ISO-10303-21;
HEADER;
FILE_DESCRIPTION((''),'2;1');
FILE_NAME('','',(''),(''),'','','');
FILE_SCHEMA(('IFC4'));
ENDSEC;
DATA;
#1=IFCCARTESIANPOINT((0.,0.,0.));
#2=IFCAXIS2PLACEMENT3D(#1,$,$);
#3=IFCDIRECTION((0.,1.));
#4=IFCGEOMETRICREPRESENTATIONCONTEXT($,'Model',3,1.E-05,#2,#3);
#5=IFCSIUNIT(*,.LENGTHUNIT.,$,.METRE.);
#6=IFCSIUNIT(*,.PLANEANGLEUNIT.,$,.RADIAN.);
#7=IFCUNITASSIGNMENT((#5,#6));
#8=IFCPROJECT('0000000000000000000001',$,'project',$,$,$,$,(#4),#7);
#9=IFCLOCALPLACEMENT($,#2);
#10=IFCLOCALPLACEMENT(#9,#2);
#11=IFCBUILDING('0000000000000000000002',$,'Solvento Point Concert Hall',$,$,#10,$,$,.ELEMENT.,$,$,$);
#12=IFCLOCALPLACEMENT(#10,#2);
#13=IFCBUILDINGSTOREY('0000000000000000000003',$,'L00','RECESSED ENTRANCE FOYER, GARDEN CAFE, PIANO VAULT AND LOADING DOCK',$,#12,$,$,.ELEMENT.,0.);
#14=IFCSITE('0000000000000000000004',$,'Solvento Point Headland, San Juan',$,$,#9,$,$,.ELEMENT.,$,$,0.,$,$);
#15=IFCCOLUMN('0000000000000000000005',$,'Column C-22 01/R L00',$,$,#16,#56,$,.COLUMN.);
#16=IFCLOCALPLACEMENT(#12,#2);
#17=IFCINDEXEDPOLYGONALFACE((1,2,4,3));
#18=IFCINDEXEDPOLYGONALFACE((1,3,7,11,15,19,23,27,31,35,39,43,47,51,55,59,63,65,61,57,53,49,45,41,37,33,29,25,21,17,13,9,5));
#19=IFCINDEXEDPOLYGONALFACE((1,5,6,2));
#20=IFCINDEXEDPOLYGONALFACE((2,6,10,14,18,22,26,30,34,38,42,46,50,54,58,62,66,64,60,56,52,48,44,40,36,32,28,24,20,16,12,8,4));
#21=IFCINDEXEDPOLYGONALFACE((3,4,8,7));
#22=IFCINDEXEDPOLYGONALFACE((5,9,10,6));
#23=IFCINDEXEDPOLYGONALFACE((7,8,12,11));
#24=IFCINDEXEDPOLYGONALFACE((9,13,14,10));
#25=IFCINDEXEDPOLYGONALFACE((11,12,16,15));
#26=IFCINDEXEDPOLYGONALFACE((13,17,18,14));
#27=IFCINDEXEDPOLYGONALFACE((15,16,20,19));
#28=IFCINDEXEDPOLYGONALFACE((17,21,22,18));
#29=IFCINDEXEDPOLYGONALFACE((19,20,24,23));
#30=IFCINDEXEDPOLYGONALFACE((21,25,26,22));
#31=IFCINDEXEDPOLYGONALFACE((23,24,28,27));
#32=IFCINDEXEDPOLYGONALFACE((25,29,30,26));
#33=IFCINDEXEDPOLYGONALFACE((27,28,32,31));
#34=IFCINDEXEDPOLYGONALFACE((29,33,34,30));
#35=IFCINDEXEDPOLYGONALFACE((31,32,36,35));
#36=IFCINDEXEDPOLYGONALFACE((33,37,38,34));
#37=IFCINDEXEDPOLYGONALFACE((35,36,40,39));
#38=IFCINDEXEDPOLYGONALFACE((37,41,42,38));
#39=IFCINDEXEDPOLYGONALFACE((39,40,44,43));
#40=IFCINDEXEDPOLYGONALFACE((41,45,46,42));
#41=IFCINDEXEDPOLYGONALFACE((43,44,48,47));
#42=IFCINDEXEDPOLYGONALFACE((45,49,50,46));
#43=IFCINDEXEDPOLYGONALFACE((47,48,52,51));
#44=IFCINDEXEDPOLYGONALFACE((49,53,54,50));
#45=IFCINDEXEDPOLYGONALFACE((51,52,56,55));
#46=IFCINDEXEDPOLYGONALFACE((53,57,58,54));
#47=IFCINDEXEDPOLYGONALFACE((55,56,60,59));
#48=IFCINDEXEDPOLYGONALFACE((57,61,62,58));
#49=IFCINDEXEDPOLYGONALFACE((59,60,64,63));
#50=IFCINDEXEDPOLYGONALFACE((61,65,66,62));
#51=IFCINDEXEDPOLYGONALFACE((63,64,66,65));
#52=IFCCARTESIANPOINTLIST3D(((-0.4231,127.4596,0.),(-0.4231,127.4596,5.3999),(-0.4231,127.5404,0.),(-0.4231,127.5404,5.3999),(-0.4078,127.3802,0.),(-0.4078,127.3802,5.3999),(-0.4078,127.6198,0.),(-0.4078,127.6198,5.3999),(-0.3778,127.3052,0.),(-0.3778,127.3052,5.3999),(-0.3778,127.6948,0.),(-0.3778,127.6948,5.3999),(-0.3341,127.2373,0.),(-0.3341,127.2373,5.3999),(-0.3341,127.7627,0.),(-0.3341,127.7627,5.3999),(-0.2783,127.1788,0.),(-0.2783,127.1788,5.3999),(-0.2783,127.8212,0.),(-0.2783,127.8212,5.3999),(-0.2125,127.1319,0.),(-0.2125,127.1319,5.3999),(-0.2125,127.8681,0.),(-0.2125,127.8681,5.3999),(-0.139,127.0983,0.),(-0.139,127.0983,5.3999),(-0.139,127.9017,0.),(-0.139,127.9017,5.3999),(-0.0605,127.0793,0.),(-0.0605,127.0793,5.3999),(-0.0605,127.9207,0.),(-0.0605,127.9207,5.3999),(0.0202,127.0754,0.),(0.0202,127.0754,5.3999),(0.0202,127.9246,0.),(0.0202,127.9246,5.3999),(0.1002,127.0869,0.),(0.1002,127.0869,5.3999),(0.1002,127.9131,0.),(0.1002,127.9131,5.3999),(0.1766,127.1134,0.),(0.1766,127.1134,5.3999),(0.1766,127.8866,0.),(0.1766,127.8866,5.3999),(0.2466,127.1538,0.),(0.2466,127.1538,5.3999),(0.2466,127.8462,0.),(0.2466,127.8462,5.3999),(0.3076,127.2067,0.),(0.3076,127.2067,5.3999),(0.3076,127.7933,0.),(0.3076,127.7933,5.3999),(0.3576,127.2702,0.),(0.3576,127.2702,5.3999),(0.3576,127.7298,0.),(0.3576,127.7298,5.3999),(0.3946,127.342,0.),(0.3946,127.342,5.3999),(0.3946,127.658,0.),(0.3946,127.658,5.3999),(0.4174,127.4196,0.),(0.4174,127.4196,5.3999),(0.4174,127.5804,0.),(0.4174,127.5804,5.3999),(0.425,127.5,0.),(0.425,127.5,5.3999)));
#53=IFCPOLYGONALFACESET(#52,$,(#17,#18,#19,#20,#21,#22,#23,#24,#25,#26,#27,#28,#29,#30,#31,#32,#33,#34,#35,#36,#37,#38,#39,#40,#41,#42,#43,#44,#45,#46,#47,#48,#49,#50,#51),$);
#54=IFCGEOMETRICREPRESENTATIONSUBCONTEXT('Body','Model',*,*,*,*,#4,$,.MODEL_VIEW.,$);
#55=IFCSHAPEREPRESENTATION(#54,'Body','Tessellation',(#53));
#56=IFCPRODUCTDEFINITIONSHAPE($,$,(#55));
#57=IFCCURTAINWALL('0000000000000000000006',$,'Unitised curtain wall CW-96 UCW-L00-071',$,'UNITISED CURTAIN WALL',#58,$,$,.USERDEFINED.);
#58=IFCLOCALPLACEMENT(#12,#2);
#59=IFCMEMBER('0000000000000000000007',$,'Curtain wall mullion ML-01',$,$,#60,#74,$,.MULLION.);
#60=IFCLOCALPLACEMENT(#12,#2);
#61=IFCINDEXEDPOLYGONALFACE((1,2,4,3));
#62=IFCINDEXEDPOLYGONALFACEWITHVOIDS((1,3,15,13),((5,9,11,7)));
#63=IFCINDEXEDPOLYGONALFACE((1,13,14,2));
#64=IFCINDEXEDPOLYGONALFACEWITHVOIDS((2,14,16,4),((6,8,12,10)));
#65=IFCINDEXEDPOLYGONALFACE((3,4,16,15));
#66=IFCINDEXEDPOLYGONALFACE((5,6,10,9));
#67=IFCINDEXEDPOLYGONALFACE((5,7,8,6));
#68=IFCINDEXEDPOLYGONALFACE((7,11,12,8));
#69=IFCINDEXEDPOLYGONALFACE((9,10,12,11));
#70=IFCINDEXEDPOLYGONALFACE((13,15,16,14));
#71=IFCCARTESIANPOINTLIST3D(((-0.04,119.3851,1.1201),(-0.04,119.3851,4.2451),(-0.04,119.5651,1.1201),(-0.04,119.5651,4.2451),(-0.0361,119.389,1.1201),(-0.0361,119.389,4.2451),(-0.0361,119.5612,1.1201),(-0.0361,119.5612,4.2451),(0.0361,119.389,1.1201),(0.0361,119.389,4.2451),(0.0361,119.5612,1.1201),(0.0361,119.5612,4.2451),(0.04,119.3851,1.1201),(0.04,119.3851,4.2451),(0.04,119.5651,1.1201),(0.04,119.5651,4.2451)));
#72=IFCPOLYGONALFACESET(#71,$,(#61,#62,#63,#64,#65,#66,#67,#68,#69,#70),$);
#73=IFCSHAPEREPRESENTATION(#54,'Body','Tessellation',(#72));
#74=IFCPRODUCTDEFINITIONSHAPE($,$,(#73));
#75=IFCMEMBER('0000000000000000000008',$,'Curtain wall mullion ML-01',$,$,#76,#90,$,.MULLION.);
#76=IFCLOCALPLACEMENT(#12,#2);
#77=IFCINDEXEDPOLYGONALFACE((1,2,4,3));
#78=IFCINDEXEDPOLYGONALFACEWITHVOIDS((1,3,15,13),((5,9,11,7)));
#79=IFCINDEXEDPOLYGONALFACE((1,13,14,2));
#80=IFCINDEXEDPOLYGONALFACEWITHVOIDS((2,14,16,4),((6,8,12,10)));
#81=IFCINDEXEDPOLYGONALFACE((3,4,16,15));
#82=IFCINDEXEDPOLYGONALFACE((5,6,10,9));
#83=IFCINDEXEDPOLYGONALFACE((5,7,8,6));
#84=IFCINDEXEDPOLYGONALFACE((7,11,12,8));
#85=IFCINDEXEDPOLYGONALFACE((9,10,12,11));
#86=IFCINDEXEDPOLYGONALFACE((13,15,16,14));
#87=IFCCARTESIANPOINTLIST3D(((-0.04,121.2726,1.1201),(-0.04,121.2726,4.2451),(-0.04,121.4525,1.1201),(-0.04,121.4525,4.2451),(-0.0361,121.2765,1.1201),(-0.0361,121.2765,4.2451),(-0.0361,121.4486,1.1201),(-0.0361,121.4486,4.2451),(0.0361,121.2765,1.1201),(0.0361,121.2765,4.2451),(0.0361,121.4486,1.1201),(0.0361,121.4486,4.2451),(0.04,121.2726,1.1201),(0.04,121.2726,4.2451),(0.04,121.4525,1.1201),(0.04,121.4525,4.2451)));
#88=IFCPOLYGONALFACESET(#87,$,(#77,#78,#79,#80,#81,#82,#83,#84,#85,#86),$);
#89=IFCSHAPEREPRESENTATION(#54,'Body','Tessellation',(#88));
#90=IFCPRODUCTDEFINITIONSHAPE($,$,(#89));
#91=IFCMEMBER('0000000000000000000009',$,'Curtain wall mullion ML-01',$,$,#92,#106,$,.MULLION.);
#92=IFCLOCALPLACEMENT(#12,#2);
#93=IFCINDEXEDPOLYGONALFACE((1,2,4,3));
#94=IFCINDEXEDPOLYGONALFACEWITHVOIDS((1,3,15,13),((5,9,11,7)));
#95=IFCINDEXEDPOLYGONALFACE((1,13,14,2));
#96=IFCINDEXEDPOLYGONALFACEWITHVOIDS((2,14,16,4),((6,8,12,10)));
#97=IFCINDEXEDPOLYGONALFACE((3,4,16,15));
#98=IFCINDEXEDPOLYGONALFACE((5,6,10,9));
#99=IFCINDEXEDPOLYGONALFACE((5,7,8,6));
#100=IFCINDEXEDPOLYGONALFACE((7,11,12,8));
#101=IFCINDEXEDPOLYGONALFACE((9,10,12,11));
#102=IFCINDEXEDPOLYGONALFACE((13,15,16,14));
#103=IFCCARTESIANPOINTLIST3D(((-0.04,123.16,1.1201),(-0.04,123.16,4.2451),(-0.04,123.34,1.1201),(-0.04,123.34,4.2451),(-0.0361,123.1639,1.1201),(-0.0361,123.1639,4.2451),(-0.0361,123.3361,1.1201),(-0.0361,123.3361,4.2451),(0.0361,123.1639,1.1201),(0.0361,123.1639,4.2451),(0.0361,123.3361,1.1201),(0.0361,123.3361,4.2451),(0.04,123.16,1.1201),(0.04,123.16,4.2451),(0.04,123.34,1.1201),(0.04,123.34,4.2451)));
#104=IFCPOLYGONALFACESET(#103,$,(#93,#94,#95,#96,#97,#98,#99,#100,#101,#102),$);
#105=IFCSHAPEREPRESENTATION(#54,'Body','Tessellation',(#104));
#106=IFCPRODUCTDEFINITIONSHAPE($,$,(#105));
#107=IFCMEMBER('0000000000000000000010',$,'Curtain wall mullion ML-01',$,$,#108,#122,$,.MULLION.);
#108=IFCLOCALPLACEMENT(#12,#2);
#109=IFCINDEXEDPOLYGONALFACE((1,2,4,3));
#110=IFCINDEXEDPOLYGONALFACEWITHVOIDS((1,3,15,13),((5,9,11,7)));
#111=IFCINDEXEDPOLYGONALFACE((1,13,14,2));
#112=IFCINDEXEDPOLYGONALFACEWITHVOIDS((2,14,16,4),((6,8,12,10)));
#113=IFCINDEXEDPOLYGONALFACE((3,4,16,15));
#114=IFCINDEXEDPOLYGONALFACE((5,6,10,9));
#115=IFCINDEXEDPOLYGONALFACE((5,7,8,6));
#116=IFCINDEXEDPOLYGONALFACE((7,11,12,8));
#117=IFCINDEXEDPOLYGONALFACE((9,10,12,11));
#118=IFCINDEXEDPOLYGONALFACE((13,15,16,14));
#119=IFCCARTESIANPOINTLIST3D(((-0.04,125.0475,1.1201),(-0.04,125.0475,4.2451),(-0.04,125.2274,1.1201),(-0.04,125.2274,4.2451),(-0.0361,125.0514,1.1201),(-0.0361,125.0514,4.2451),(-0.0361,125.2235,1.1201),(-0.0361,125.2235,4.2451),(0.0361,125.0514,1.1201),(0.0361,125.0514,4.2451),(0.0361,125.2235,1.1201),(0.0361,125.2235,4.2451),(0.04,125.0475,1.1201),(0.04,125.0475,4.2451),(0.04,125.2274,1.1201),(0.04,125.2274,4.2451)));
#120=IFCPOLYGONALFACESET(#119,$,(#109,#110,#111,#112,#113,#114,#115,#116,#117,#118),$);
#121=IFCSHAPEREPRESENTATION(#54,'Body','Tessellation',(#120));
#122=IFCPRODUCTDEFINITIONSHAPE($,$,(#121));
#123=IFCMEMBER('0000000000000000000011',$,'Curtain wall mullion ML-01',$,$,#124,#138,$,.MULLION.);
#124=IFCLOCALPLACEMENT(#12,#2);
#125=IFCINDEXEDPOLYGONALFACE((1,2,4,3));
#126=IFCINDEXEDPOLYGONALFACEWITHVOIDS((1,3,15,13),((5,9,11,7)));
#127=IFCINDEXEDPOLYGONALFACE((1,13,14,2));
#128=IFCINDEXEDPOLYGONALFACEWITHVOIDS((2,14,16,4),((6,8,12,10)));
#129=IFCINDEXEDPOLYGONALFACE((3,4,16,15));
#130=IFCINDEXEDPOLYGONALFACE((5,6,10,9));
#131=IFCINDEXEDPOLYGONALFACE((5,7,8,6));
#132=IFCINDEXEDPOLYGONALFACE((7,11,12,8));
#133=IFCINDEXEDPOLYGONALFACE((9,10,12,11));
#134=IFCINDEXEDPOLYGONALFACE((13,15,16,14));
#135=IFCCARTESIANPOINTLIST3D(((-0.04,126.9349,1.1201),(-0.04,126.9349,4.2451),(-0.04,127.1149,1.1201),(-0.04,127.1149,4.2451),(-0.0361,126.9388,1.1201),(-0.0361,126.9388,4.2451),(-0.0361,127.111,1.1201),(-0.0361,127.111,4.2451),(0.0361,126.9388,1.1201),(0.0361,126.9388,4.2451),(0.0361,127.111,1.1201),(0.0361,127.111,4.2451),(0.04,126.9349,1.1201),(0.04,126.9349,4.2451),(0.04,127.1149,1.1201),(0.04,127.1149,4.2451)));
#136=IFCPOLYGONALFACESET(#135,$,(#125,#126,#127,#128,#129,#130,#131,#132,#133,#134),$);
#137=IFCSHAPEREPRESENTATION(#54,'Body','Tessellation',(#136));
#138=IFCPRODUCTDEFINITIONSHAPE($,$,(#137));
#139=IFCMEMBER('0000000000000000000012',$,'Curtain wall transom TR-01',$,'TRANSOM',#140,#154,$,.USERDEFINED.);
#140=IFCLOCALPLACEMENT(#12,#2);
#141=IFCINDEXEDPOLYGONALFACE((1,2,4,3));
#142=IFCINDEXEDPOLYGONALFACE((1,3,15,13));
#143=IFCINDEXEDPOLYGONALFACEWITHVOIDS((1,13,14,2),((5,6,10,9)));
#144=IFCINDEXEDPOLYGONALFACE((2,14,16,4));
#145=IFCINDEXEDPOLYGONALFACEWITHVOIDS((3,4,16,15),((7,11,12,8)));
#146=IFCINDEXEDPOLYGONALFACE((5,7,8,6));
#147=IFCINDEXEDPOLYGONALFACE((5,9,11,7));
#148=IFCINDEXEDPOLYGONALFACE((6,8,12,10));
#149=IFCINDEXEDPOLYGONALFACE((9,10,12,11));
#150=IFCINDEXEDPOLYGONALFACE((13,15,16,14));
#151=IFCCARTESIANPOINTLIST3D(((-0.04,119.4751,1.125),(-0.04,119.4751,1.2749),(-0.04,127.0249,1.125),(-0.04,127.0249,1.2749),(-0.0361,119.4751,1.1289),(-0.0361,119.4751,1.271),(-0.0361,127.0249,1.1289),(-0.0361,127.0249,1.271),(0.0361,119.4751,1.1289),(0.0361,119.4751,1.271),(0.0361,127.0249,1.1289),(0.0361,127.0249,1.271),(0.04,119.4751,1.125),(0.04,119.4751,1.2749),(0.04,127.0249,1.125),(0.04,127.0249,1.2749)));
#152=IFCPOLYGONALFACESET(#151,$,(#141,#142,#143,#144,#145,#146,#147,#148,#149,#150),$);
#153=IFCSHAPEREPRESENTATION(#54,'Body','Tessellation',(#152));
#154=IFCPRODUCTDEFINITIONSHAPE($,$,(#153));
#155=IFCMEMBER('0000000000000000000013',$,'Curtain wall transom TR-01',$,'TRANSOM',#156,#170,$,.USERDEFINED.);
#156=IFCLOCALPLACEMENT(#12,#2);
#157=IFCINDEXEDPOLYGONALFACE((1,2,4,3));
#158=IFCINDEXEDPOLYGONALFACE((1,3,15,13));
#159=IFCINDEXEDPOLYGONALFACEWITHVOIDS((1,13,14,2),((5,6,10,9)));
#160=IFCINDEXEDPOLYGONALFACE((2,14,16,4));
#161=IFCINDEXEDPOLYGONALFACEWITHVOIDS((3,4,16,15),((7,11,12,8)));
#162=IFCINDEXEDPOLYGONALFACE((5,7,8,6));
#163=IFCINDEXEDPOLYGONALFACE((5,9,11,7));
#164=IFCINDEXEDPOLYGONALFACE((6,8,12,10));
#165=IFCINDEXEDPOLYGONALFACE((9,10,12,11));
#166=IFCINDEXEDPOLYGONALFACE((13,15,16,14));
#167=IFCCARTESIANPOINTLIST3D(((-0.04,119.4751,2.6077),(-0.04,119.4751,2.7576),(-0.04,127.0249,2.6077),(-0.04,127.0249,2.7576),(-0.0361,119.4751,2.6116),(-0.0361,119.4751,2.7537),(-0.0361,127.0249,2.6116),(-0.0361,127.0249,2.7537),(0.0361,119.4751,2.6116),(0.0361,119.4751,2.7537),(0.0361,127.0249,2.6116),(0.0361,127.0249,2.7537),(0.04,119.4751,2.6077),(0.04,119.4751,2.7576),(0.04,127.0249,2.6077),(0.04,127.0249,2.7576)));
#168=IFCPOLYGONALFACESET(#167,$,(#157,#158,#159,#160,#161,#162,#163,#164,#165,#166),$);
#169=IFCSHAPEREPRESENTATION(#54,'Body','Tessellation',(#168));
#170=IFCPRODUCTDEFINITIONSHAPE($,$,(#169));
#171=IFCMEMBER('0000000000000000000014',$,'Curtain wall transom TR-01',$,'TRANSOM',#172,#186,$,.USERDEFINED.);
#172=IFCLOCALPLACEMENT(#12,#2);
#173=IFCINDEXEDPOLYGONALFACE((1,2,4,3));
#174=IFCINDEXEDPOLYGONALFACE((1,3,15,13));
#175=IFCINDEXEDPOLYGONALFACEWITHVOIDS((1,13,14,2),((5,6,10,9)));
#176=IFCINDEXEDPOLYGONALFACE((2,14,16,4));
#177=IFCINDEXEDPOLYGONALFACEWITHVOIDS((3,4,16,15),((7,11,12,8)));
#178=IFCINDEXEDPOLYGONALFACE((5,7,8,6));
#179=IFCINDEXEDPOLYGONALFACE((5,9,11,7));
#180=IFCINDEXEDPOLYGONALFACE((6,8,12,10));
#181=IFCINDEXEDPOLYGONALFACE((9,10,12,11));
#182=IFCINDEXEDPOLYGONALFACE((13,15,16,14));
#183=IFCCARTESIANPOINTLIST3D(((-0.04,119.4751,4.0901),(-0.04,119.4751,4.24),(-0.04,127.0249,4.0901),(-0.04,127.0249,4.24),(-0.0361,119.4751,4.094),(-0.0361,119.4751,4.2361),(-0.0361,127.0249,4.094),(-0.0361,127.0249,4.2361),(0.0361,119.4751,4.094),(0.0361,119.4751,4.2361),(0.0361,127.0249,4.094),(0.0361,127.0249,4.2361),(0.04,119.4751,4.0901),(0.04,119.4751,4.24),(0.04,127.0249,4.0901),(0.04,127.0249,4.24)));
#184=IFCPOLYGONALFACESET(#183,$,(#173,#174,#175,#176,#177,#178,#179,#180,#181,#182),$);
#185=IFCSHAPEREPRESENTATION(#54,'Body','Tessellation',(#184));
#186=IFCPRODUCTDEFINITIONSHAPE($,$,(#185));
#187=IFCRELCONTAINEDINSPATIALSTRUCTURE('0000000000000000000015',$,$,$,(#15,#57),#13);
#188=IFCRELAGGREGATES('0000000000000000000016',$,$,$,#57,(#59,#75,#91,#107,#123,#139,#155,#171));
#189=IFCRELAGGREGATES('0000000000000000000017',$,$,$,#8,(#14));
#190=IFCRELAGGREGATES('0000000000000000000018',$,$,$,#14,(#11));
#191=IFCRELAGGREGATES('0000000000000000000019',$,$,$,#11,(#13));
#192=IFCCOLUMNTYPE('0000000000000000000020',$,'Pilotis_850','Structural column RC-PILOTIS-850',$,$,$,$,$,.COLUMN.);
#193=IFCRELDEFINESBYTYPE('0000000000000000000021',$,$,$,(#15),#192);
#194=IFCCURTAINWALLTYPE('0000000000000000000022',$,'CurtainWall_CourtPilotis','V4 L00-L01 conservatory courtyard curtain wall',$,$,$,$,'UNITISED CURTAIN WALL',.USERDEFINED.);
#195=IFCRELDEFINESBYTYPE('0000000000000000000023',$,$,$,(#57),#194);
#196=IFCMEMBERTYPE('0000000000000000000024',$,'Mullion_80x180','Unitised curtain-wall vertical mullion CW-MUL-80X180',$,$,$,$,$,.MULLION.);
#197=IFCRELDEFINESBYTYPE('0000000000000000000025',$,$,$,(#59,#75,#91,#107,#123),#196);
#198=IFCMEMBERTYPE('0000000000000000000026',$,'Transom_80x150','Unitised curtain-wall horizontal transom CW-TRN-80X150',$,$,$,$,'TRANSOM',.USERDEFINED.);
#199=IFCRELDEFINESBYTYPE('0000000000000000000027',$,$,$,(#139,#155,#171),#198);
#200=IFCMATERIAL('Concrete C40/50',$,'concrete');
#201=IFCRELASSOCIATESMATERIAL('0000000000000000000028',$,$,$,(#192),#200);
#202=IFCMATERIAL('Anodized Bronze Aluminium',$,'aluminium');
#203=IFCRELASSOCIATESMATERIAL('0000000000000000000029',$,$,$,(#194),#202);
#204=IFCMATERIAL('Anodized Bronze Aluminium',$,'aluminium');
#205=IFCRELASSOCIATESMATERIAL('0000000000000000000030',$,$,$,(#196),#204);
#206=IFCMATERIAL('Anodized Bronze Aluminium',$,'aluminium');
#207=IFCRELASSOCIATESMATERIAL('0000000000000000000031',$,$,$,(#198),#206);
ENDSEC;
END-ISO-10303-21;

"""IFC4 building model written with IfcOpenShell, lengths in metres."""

from ifc_helpers import new_model, si_unit, direction, frame, origin, origin_2d, place, context, subcontext, project, spatial, hollow_rectangle, circle, extrude, material, material_profile, profile_set, type_object, element, aggregate, save


model = new_model("IFC4")

# Units and contexts
model_context = context("Model", 3, precision=1e-05, world=origin(), true_north=direction((0.0, 1.0)))
body_context = subcontext(model_context, "Body", "Model", "MODEL_VIEW")
ifc_project = project(units=[si_unit("LENGTHUNIT", "METRE"), si_unit("PLANEANGLEUNIT", "RADIAN")], contexts=[model_context])

# Site, building, storey
site_placement = place(None, origin())
site = spatial("IfcSite", under=ifc_project, at=site_placement, Name="Solvento Point Headland, San Juan", CompositionType="ELEMENT", RefElevation=0.0)
building_placement = place(site_placement, origin())
building = spatial("IfcBuilding", under=site, at=building_placement, Name="Solvento Point Concert Hall", CompositionType="ELEMENT")
storey_placement = place(building_placement, origin())
storey = spatial("IfcBuildingStorey", under=building, at=storey_placement, Name="L00", Description="RECESSED ENTRANCE FOYER, GARDEN CAFE, PIANO VAULT AND LOADING DOCK", CompositionType="ELEMENT", Elevation=0.0)

# Column
ifc_material_1 = material(Name="Concrete C40/50", Category="concrete")
ifc_material_profile_1 = material_profile(ifc_material_1, circle(Radius=0.425, at=origin_2d()), Name="RC-PILOTIS-850")
ifc_profile_set_1 = profile_set([ifc_material_profile_1], Name="Concrete C40/50")
column_type = type_object("IfcColumnType", Name="Pilotis_850", Description="Structural column RC-PILOTIS-850", PredefinedType="COLUMN", material=ifc_profile_set_1)
column_placement = place(storey_placement, frame((0.0, 127.5, 0.0), z_axis=(0.0, 0.0, 1.0), x_axis=(1.0, 0.0, 0.0)))
element("IfcColumn", 1, at=column_placement, inside=storey, type_object=column_type, Name="Column C-22 01/R L00", PredefinedType="COLUMN", context=body_context, shape_type="SweptSolid", body=[
    extrude(circle(Radius=0.425, at=origin_2d()), origin(), (0.0, 0.0, 1.0), 5.3999),
])

# Curtain wall, members
ifc_material_2 = material(Name="Anodized Bronze Aluminium", Category="aluminium")
curtain_wall_type = type_object("IfcCurtainWallType", Name="CurtainWall_CourtPilotis", Description="V4 L00-L01 conservatory courtyard curtain wall", ElementType="UNITISED CURTAIN WALL", PredefinedType="USERDEFINED", material=ifc_material_2)
curtain_wall_placement = place(storey_placement, origin())
curtain_wall = element("IfcCurtainWall", 2, at=curtain_wall_placement, inside=storey, type_object=curtain_wall_type, Name="Unitised curtain wall CW-96 UCW-L00-071", ObjectType="UNITISED CURTAIN WALL", PredefinedType="USERDEFINED")
ifc_material_3 = material(Name="Anodized Bronze Aluminium", Category="aluminium")
ifc_material_profile_2 = material_profile(ifc_material_3, hollow_rectangle(XDim=0.0801, YDim=0.1799, WallThickness=0.0039, at=origin_2d()), Name="CW-MUL-80X180")
ifc_profile_set_2 = profile_set([ifc_material_profile_2], Name="Anodized Bronze Aluminium")
member_type_1 = type_object("IfcMemberType", Name="Mullion_80x180", Description="Unitised curtain-wall vertical mullion CW-MUL-80X180", PredefinedType="MULLION", material=ifc_profile_set_2)
member_1_placement = place(storey_placement, frame((0.0, 119.4751, 1.1201), z_axis=(0.0, 0.0, 1.0), x_axis=(1.0, 0.0, 0.0)))
member_1 = element("IfcMember", 3, at=member_1_placement, type_object=member_type_1, Name="Curtain wall mullion ML-01", PredefinedType="MULLION", context=body_context, shape_type="SweptSolid", body=[
    extrude(hollow_rectangle(XDim=0.0801, YDim=0.1799, WallThickness=0.0039, at=origin_2d()), origin(), (0.0, 0.0, 1.0), 3.125),
])
member_2_placement = place(storey_placement, frame((0.0, 121.3625, 1.1201), z_axis=(0.0, 0.0, 1.0), x_axis=(1.0, 0.0, 0.0)))
member_2 = element("IfcMember", 4, at=member_2_placement, type_object=member_type_1, Name="Curtain wall mullion ML-01", PredefinedType="MULLION", context=body_context, shape_type="SweptSolid", body=[
    extrude(hollow_rectangle(XDim=0.0801, YDim=0.1799, WallThickness=0.0039, at=origin_2d()), origin(), (0.0, 0.0, 1.0), 3.125),
])
member_3_placement = place(storey_placement, frame((0.0, 123.25, 1.1201), z_axis=(0.0, 0.0, 1.0), x_axis=(1.0, 0.0, 0.0)))
member_3 = element("IfcMember", 5, at=member_3_placement, type_object=member_type_1, Name="Curtain wall mullion ML-01", PredefinedType="MULLION", context=body_context, shape_type="SweptSolid", body=[
    extrude(hollow_rectangle(XDim=0.0801, YDim=0.1799, WallThickness=0.0039, at=origin_2d()), origin(), (0.0, 0.0, 1.0), 3.125),
])
member_4_placement = place(storey_placement, frame((0.0, 125.1375, 1.1201), z_axis=(0.0, 0.0, 1.0), x_axis=(1.0, 0.0, 0.0)))
member_4 = element("IfcMember", 6, at=member_4_placement, type_object=member_type_1, Name="Curtain wall mullion ML-01", PredefinedType="MULLION", context=body_context, shape_type="SweptSolid", body=[
    extrude(hollow_rectangle(XDim=0.0801, YDim=0.1799, WallThickness=0.0039, at=origin_2d()), origin(), (0.0, 0.0, 1.0), 3.125),
])
member_5_placement = place(storey_placement, frame((0.0, 127.0249, 1.1201), z_axis=(0.0, 0.0, 1.0), x_axis=(1.0, 0.0, 0.0)))
member_5 = element("IfcMember", 7, at=member_5_placement, type_object=member_type_1, Name="Curtain wall mullion ML-01", PredefinedType="MULLION", context=body_context, shape_type="SweptSolid", body=[
    extrude(hollow_rectangle(XDim=0.0801, YDim=0.1799, WallThickness=0.0039, at=origin_2d()), origin(), (0.0, 0.0, 1.0), 3.125),
])
ifc_material_4 = material(Name="Anodized Bronze Aluminium", Category="aluminium")
ifc_material_profile_3 = material_profile(ifc_material_4, hollow_rectangle(XDim=0.0801, YDim=0.1499, WallThickness=0.0039, at=origin_2d()), Name="CW-TRN-80X150")
ifc_profile_set_3 = profile_set([ifc_material_profile_3], Name="Anodized Bronze Aluminium")
member_type_2 = type_object("IfcMemberType", Name="Transom_80x150", Description="Unitised curtain-wall horizontal transom CW-TRN-80X150", ElementType="TRANSOM", PredefinedType="USERDEFINED", material=ifc_profile_set_3)
member_6_placement = place(storey_placement, frame((0.0, 119.4751, 1.2), z_axis=(0.0, 1.0, 0.0), x_axis=(-1.0, 0.0, 0.0)))
member_6 = element("IfcMember", 8, at=member_6_placement, type_object=member_type_2, Name="Curtain wall transom TR-01", ObjectType="TRANSOM", PredefinedType="USERDEFINED", context=body_context, shape_type="SweptSolid", body=[
    extrude(hollow_rectangle(XDim=0.0801, YDim=0.1499, WallThickness=0.0039, at=origin_2d()), origin(), (0.0, 0.0, 1.0), 7.5498),
])
member_7_placement = place(storey_placement, frame((0.0, 119.4751, 2.6826), z_axis=(0.0, 1.0, 0.0), x_axis=(-1.0, 0.0, 0.0)))
member_7 = element("IfcMember", 9, at=member_7_placement, type_object=member_type_2, Name="Curtain wall transom TR-01", ObjectType="TRANSOM", PredefinedType="USERDEFINED", context=body_context, shape_type="SweptSolid", body=[
    extrude(hollow_rectangle(XDim=0.0801, YDim=0.1499, WallThickness=0.0039, at=origin_2d()), origin(), (0.0, 0.0, 1.0), 7.5498),
])
member_8_placement = place(storey_placement, frame((0.0, 119.4751, 4.165), z_axis=(0.0, 1.0, 0.0), x_axis=(-1.0, 0.0, 0.0)))
member_8 = element("IfcMember", 10, at=member_8_placement, type_object=member_type_2, Name="Curtain wall transom TR-01", ObjectType="TRANSOM", PredefinedType="USERDEFINED", context=body_context, shape_type="SweptSolid", body=[
    extrude(hollow_rectangle(XDim=0.0801, YDim=0.1499, WallThickness=0.0039, at=origin_2d()), origin(), (0.0, 0.0, 1.0), 7.5498),
])
aggregate(curtain_wall, [member_1, member_2, member_3, member_4, member_5, member_6, member_7, member_8])

save(model, "model.ifc")
